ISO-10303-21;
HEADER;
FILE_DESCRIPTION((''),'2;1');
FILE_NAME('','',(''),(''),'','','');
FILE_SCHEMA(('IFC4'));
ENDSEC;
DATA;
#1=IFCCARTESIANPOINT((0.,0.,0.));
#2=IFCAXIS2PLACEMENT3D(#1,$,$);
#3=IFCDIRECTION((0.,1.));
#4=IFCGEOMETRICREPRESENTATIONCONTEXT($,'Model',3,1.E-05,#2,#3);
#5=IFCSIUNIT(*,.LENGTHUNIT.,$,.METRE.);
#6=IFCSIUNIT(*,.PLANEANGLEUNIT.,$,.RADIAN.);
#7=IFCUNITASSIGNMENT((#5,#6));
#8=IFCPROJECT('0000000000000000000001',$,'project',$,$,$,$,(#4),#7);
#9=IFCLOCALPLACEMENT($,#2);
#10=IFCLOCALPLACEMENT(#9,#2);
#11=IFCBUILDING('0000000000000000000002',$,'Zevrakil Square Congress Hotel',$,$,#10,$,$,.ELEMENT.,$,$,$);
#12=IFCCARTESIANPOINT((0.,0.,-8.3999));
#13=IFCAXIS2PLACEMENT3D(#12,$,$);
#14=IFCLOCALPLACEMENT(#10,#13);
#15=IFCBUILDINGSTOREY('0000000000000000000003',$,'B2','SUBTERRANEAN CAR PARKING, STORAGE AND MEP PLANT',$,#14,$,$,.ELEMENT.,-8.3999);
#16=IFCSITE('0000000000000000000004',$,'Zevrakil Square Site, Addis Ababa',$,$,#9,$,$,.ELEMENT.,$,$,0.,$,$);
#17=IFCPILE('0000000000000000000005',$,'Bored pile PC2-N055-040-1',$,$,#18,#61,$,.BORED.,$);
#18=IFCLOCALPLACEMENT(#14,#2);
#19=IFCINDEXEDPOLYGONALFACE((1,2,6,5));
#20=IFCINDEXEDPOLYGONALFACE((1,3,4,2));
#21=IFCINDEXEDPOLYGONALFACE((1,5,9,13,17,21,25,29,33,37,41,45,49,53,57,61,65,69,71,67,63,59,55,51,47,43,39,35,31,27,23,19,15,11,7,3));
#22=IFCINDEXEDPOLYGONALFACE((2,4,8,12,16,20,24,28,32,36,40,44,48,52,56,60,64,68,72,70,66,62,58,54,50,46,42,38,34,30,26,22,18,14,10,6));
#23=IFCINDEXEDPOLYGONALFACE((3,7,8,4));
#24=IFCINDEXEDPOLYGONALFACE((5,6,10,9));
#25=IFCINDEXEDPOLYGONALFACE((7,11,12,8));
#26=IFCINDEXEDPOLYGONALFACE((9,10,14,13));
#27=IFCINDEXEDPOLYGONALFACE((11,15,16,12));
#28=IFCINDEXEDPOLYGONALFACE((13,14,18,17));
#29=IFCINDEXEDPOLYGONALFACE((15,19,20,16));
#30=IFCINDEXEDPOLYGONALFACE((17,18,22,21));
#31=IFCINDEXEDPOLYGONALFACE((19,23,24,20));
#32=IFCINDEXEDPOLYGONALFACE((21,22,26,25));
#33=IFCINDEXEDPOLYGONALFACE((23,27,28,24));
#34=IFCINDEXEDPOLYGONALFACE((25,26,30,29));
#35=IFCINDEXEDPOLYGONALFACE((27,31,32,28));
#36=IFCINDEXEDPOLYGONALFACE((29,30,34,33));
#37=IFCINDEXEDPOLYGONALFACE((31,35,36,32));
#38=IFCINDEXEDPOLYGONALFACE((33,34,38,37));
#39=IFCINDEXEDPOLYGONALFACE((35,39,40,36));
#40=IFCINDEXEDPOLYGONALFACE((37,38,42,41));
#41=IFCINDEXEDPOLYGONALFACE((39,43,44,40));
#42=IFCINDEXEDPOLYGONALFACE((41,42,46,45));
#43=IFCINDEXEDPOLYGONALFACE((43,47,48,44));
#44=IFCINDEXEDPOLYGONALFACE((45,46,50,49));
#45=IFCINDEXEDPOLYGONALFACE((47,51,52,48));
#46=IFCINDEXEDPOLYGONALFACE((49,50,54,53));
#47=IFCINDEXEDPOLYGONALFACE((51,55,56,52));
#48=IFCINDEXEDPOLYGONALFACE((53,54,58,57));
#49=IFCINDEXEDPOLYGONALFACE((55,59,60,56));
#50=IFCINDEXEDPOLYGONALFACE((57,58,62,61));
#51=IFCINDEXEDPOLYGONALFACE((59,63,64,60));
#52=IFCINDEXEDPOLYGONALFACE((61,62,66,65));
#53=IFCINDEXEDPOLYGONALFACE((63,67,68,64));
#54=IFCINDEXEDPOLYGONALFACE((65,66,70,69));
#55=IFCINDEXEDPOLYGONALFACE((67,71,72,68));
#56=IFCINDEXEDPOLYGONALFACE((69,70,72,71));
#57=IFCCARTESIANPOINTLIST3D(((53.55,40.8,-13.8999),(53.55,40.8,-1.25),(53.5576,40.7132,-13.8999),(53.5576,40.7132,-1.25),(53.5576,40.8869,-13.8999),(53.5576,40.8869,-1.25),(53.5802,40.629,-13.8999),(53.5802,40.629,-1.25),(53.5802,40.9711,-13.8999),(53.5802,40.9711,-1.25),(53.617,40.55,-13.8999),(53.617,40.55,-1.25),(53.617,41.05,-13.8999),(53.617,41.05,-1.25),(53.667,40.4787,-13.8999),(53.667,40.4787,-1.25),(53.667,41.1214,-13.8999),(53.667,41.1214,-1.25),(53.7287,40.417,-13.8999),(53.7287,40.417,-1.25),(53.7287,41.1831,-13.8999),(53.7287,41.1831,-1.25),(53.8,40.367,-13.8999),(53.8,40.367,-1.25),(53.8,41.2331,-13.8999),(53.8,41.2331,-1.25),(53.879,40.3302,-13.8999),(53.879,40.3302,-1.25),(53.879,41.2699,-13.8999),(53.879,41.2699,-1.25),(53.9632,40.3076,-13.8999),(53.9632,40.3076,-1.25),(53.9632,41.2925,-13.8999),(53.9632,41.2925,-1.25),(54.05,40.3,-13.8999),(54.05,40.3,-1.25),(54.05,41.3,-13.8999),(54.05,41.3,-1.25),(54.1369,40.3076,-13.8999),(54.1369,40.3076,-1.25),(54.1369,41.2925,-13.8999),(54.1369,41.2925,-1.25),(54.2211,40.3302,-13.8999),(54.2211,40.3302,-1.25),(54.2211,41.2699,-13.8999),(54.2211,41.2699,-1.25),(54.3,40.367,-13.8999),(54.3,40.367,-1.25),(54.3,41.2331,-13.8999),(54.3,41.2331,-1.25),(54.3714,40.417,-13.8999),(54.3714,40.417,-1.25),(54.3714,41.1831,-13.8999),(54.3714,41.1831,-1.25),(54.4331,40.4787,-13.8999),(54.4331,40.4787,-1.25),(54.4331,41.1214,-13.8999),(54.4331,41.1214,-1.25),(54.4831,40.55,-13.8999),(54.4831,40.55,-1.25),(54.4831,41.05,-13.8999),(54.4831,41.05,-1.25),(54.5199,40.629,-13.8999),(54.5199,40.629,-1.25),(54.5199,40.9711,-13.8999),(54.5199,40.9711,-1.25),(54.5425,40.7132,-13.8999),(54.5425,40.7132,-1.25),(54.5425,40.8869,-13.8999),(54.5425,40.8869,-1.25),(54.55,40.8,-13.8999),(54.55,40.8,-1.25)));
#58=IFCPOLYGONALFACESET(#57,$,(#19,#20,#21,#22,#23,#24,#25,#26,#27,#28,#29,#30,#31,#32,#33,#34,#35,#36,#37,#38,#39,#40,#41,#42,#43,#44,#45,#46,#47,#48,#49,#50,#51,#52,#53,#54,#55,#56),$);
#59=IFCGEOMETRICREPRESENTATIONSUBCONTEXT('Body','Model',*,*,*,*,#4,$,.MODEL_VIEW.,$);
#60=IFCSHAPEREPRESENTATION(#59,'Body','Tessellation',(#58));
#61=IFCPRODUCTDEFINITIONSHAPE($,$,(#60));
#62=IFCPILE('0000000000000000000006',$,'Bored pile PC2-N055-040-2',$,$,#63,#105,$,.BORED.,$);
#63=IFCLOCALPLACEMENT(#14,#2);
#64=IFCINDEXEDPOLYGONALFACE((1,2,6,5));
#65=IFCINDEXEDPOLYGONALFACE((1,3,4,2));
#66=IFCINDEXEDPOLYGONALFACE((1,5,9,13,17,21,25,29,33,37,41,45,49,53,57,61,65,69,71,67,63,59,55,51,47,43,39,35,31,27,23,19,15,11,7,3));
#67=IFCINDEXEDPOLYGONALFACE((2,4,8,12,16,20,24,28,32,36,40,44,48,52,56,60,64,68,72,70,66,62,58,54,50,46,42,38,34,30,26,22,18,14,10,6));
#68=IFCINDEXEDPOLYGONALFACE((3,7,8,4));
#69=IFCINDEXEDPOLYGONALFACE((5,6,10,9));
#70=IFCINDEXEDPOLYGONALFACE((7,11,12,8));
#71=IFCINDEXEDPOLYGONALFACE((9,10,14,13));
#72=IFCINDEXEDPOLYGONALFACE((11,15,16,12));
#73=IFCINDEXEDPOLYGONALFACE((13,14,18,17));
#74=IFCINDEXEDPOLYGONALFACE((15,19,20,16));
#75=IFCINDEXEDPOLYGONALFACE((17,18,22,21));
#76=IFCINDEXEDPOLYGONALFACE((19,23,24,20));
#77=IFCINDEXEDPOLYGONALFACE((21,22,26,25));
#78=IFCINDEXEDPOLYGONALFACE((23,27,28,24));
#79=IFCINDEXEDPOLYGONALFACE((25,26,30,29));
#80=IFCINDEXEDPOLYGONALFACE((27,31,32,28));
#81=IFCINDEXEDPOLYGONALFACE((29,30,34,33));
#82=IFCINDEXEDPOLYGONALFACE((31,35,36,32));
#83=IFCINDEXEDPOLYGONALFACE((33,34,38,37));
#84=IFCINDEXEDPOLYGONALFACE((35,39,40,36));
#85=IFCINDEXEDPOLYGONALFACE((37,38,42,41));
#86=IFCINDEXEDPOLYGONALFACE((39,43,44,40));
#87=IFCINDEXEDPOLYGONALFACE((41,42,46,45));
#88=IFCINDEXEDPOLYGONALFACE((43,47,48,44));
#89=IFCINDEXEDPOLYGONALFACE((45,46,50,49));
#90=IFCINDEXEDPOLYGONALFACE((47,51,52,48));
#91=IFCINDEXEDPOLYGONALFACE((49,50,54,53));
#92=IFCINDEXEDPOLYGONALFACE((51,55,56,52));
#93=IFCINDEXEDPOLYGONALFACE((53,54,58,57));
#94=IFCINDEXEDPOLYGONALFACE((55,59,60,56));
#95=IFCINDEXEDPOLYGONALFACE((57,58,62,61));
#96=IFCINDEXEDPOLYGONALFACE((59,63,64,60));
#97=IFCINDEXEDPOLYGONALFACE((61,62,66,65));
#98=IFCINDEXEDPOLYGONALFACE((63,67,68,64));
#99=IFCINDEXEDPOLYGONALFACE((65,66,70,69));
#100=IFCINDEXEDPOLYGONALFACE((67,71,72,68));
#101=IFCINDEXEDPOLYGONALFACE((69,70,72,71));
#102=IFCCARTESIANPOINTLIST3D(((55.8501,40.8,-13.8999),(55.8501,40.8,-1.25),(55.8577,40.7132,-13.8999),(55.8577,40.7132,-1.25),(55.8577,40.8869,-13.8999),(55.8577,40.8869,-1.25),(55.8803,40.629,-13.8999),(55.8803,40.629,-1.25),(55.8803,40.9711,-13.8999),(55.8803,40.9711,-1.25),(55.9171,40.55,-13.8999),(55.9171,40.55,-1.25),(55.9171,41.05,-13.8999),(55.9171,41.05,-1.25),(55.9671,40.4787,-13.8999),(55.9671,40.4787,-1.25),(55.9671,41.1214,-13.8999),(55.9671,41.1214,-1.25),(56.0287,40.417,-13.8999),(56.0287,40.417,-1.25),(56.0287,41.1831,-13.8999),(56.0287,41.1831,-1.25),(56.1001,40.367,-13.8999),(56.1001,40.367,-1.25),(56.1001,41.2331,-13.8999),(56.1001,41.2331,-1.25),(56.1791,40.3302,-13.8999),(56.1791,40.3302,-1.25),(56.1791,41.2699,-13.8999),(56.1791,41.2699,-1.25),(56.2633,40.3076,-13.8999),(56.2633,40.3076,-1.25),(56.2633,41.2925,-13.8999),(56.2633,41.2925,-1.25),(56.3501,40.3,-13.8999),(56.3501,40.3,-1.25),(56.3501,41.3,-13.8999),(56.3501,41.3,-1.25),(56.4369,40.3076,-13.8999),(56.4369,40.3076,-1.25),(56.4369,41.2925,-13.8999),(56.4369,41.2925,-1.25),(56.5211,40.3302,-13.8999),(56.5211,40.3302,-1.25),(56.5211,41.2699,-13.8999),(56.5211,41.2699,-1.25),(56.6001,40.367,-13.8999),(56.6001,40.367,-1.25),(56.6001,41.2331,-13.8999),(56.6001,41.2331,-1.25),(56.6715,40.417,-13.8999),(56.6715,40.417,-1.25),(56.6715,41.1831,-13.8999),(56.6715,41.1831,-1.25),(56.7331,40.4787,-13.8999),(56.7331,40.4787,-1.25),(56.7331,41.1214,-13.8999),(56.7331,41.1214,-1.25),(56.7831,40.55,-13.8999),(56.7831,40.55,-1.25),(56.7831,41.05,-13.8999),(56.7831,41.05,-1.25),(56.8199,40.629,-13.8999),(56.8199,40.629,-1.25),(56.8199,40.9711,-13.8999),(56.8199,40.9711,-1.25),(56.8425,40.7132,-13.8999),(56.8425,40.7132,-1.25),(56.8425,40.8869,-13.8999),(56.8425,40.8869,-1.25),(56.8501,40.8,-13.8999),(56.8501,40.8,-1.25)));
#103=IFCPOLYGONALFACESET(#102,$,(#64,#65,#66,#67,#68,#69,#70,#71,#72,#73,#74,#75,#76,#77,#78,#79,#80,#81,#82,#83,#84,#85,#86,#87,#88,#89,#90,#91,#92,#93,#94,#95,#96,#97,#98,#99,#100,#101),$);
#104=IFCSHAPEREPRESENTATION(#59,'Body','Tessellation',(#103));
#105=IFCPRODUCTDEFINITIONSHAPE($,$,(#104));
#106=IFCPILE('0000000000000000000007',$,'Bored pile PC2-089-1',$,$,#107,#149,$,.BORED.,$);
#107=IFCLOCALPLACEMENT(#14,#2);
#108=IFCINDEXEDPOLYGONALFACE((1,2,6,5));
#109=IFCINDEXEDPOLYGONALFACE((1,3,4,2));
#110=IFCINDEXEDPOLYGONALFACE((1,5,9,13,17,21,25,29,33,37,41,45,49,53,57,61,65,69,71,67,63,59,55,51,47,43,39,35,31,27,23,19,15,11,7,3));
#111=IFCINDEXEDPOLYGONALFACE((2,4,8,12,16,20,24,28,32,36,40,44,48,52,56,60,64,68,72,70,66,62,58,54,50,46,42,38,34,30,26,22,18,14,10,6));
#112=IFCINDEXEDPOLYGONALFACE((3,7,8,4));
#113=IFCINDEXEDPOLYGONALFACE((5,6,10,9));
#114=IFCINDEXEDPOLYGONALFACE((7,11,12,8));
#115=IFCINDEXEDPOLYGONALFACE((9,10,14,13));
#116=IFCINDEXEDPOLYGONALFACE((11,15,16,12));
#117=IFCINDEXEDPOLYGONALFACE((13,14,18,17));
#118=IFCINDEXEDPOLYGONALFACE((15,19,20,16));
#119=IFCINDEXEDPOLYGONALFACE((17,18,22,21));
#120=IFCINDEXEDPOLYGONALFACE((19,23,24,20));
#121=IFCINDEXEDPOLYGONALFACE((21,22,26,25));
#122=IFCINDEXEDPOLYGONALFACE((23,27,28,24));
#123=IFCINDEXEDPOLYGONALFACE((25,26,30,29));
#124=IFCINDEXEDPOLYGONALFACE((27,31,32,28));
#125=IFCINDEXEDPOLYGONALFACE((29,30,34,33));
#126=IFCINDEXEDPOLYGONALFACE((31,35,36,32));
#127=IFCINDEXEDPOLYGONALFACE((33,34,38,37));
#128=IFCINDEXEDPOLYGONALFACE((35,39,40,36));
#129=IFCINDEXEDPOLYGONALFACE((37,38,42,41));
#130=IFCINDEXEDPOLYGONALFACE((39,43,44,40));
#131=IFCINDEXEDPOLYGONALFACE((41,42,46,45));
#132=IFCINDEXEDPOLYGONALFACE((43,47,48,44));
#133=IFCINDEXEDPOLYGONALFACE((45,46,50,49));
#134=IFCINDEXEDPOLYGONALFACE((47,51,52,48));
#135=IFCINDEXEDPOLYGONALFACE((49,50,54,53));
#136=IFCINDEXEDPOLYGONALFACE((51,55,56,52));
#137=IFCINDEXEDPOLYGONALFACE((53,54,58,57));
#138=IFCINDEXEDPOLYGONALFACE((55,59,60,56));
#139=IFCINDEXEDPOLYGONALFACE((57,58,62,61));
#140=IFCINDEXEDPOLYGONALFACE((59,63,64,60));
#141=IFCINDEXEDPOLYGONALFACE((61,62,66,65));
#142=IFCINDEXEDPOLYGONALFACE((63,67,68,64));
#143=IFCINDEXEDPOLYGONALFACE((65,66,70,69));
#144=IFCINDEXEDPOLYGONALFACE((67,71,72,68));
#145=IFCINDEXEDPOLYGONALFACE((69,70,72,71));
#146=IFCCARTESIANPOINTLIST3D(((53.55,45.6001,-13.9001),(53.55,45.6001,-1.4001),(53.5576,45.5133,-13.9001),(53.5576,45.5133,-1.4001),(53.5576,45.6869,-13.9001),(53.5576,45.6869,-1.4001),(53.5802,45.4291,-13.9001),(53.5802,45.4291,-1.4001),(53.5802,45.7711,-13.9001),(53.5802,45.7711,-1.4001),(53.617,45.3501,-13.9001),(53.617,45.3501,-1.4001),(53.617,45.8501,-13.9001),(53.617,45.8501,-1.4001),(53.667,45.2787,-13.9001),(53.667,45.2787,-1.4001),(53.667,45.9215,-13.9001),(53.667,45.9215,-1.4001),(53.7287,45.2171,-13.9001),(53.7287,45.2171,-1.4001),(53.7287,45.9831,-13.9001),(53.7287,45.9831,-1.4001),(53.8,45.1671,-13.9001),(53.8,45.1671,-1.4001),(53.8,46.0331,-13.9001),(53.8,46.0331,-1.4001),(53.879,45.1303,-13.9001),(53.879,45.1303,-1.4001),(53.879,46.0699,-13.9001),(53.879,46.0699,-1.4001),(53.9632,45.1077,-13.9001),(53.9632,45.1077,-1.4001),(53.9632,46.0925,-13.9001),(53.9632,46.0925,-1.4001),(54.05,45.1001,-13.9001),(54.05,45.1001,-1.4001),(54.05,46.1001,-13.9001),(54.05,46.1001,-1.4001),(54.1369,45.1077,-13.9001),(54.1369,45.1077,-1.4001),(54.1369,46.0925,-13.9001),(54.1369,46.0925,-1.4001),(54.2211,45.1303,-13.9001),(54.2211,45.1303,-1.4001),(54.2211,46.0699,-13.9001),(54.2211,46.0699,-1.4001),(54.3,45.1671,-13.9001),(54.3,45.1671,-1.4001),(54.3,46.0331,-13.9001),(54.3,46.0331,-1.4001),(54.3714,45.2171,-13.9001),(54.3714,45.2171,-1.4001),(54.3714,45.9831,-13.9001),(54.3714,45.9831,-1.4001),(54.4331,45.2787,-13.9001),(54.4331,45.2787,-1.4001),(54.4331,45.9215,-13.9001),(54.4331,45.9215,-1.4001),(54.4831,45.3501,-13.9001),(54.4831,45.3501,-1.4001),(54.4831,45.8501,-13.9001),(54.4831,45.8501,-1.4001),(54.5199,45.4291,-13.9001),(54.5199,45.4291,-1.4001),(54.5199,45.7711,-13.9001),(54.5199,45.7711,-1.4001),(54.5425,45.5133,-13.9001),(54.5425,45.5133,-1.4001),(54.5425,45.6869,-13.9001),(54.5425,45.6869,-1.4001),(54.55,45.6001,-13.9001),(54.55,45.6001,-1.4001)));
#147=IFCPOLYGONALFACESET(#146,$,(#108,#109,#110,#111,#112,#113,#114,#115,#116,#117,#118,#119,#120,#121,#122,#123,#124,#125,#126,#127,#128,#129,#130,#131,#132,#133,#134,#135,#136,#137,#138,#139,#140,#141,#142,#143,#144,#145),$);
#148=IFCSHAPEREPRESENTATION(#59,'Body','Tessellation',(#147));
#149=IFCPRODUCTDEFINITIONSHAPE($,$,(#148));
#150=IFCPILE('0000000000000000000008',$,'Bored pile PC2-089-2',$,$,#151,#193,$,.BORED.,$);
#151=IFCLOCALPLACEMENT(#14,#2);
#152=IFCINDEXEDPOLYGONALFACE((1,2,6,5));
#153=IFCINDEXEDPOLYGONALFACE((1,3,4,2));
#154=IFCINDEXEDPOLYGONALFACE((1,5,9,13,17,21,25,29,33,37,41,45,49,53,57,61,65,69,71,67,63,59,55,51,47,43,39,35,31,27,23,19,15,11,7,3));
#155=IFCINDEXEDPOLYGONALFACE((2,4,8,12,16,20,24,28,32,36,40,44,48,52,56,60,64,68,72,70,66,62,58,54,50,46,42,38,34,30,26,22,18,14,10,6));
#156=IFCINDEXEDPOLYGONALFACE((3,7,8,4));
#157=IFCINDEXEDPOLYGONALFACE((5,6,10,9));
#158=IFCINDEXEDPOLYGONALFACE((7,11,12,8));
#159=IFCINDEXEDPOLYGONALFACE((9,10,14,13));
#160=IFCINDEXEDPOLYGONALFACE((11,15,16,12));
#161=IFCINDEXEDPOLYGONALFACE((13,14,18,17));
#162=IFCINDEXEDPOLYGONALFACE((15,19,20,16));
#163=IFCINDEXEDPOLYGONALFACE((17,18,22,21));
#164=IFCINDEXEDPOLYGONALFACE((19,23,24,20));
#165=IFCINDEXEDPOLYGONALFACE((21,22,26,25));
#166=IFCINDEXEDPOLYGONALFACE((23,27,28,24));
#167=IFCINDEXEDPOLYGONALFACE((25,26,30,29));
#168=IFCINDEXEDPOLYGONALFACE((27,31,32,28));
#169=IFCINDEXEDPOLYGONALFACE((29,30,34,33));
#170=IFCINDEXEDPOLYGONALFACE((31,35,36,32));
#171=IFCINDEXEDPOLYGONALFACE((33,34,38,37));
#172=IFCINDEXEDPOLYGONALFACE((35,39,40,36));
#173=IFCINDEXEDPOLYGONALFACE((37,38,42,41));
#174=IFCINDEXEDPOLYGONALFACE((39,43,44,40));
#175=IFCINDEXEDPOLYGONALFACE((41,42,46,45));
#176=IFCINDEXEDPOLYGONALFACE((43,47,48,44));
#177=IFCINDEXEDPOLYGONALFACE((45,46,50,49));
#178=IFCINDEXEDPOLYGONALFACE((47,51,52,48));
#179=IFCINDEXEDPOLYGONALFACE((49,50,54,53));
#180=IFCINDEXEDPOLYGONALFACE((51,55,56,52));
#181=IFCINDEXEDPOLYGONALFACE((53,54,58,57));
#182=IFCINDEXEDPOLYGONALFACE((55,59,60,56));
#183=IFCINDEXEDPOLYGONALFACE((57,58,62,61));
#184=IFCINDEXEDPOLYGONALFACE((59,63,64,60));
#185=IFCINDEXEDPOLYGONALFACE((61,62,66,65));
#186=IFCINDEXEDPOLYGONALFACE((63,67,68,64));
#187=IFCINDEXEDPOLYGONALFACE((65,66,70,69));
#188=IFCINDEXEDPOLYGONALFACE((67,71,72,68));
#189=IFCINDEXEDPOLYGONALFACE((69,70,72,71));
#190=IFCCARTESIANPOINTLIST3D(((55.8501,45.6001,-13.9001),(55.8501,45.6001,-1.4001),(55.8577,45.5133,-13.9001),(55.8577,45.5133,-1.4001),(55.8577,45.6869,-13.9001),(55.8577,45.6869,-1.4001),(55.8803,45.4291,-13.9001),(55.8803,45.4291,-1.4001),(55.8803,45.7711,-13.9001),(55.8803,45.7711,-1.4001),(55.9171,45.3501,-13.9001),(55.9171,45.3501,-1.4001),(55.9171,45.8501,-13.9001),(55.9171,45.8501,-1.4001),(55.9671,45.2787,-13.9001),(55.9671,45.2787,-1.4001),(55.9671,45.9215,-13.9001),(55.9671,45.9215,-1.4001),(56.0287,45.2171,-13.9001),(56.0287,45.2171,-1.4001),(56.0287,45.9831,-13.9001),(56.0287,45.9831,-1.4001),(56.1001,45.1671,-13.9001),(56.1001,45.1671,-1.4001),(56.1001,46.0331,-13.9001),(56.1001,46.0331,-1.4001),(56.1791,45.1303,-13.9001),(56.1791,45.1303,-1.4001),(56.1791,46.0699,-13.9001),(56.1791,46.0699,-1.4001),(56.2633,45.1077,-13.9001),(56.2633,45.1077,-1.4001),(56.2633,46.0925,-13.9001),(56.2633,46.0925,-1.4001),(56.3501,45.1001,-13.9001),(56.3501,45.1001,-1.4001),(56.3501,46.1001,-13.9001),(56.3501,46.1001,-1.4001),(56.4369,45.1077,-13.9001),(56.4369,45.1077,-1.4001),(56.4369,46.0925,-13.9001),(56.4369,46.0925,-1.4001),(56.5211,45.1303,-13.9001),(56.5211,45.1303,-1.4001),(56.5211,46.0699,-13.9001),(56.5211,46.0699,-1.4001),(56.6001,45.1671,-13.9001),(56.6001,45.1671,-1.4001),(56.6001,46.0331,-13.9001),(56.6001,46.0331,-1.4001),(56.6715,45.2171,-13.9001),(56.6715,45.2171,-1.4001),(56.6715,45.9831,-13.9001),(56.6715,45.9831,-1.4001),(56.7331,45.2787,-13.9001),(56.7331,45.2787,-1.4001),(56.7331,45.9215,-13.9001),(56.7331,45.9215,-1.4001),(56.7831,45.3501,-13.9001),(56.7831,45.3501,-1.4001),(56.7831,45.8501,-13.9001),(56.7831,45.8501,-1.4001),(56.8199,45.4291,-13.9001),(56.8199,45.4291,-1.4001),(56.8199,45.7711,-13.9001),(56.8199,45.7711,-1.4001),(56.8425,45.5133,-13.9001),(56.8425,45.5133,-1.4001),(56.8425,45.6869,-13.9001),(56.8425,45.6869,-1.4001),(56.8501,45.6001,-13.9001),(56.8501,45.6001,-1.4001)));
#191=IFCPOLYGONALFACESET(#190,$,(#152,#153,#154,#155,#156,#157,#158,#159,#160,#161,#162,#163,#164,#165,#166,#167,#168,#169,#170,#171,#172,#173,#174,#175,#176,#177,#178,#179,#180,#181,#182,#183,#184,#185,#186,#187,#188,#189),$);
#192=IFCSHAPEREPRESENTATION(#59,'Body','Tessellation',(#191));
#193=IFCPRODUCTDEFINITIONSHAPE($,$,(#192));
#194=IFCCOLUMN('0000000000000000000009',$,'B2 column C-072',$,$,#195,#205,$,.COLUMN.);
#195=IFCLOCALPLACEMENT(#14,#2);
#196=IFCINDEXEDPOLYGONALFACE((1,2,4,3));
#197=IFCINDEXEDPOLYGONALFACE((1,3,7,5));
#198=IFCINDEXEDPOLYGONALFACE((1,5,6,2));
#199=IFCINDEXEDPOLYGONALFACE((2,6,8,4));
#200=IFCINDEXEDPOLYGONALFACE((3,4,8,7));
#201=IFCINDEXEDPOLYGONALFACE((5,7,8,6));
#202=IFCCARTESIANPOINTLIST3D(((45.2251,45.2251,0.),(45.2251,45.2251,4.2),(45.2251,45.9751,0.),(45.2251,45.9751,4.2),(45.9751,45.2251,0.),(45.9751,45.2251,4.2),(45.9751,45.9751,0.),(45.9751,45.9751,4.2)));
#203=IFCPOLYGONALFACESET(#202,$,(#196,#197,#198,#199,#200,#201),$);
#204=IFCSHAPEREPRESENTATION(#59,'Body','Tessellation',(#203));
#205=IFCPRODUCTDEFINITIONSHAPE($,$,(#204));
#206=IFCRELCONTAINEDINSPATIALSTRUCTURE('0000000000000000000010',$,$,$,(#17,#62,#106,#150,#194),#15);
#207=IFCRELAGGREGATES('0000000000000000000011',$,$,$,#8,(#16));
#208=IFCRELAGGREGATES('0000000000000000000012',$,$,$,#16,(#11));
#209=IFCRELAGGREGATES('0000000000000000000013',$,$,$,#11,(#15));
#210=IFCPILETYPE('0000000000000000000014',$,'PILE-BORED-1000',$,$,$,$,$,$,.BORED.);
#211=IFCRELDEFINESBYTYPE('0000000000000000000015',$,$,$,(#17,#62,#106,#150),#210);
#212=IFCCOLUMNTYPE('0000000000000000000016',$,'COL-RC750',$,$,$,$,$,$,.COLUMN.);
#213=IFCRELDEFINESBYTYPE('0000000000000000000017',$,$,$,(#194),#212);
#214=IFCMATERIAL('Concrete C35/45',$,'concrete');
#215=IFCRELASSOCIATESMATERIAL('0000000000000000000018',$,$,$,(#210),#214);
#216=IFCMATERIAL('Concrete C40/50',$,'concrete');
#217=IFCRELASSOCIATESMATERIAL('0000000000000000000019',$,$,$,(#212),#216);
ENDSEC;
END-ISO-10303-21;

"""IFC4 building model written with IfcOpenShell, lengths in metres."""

from ifc_helpers import new_model, si_unit, direction, frame, origin, origin_2d, place, context, subcontext, project, spatial, rectangle, circle, extrude, material, material_profile, profile_set, type_object, element, save


model = new_model("IFC4")

# Units and contexts
model_context = context("Model", 3, precision=1e-05, world=origin(), true_north=direction((0.0, 1.0)))
body_context = subcontext(model_context, "Body", "Model", "MODEL_VIEW")
ifc_project = project(units=[si_unit("LENGTHUNIT", "METRE"), si_unit("PLANEANGLEUNIT", "RADIAN")], contexts=[model_context])

# Site, building, storey
site_placement = place(None, origin())
site = spatial("IfcSite", under=ifc_project, at=site_placement, Name="Zevrakil Square Site, Addis Ababa", CompositionType="ELEMENT", RefElevation=0.0)
building_placement = place(site_placement, origin())
building = spatial("IfcBuilding", under=site, at=building_placement, Name="Zevrakil Square Congress Hotel", CompositionType="ELEMENT")
storey_placement = place(building_placement, frame((0.0, 0.0, -8.3999)))
storey = spatial("IfcBuildingStorey", under=building, at=storey_placement, Name="B2", Description="SUBTERRANEAN CAR PARKING, STORAGE AND MEP PLANT", CompositionType="ELEMENT", Elevation=-8.3999)

# Piles
ifc_material_1 = material(Name="Concrete C35/45", Category="concrete")
ifc_material_profile_1 = material_profile(ifc_material_1, circle(Radius=0.5, at=origin_2d()), Name="PILE D1000")
ifc_profile_set_1 = profile_set([ifc_material_profile_1], Name="Concrete C35/45")
pile_type = type_object("IfcPileType", Name="PILE-BORED-1000", PredefinedType="BORED", material=ifc_profile_set_1)
for number, where, z_axis, x_axis, name in (
    (1, (54.05, 40.8, -1.25), (0.0, 0.0, -1.0), (1.0, 0.0, 0.0), "Bored pile PC2-N055-040-1"),
    (2, (56.3501, 40.8, -1.25), (0.0, 0.0, -1.0), (1.0, 0.0, 0.0), "Bored pile PC2-N055-040-2"),
):
    element("IfcPile", number, at=place(storey_placement, frame(where, z_axis=z_axis, x_axis=x_axis)), inside=storey, type_object=pile_type, Name=name, PredefinedType="BORED", context=body_context, shape_type="SweptSolid", body=[
        extrude(circle(Radius=0.5, at=origin_2d()), origin(), (0.0, 0.0, 1.0), 12.6499),
    ])
for number, where, z_axis, x_axis, name in (
    (3, (54.05, 45.6001, -1.4001), (0.0, 0.0, -1.0), (1.0, 0.0, 0.0), "Bored pile PC2-089-1"),
    (4, (56.3501, 45.6001, -1.4001), (0.0, 0.0, -1.0), (1.0, 0.0, 0.0), "Bored pile PC2-089-2"),
):
    element("IfcPile", number, at=place(storey_placement, frame(where, z_axis=z_axis, x_axis=x_axis)), inside=storey, type_object=pile_type, Name=name, PredefinedType="BORED", context=body_context, shape_type="SweptSolid", body=[
        extrude(circle(Radius=0.5, at=origin_2d()), origin(), (0.0, 0.0, 1.0), 12.5),
    ])

# Column
ifc_material_2 = material(Name="Concrete C40/50", Category="concrete")
ifc_material_profile_2 = material_profile(ifc_material_2, rectangle(XDim=0.75, YDim=0.75, at=origin_2d()), Name="RC 750x750")
ifc_profile_set_2 = profile_set([ifc_material_profile_2], Name="Concrete C40/50")
column_type = type_object("IfcColumnType", Name="COL-RC750", PredefinedType="COLUMN", material=ifc_profile_set_2)
for number, where, z_axis, x_axis, name in (
    (5, (45.6001, 45.6001, 0.0), (0.0, 0.0, 1.0), (1.0, 0.0, 0.0), "B2 column C-072"),
):
    element("IfcColumn", number, at=place(storey_placement, frame(where, z_axis=z_axis, x_axis=x_axis)), inside=storey, type_object=column_type, Name=name, PredefinedType="COLUMN", context=body_context, shape_type="SweptSolid", body=[
        extrude(rectangle(XDim=0.75, YDim=0.75, at=origin_2d()), origin(), (0.0, 0.0, 1.0), 4.2),
    ])

save(model, "model.ifc")
